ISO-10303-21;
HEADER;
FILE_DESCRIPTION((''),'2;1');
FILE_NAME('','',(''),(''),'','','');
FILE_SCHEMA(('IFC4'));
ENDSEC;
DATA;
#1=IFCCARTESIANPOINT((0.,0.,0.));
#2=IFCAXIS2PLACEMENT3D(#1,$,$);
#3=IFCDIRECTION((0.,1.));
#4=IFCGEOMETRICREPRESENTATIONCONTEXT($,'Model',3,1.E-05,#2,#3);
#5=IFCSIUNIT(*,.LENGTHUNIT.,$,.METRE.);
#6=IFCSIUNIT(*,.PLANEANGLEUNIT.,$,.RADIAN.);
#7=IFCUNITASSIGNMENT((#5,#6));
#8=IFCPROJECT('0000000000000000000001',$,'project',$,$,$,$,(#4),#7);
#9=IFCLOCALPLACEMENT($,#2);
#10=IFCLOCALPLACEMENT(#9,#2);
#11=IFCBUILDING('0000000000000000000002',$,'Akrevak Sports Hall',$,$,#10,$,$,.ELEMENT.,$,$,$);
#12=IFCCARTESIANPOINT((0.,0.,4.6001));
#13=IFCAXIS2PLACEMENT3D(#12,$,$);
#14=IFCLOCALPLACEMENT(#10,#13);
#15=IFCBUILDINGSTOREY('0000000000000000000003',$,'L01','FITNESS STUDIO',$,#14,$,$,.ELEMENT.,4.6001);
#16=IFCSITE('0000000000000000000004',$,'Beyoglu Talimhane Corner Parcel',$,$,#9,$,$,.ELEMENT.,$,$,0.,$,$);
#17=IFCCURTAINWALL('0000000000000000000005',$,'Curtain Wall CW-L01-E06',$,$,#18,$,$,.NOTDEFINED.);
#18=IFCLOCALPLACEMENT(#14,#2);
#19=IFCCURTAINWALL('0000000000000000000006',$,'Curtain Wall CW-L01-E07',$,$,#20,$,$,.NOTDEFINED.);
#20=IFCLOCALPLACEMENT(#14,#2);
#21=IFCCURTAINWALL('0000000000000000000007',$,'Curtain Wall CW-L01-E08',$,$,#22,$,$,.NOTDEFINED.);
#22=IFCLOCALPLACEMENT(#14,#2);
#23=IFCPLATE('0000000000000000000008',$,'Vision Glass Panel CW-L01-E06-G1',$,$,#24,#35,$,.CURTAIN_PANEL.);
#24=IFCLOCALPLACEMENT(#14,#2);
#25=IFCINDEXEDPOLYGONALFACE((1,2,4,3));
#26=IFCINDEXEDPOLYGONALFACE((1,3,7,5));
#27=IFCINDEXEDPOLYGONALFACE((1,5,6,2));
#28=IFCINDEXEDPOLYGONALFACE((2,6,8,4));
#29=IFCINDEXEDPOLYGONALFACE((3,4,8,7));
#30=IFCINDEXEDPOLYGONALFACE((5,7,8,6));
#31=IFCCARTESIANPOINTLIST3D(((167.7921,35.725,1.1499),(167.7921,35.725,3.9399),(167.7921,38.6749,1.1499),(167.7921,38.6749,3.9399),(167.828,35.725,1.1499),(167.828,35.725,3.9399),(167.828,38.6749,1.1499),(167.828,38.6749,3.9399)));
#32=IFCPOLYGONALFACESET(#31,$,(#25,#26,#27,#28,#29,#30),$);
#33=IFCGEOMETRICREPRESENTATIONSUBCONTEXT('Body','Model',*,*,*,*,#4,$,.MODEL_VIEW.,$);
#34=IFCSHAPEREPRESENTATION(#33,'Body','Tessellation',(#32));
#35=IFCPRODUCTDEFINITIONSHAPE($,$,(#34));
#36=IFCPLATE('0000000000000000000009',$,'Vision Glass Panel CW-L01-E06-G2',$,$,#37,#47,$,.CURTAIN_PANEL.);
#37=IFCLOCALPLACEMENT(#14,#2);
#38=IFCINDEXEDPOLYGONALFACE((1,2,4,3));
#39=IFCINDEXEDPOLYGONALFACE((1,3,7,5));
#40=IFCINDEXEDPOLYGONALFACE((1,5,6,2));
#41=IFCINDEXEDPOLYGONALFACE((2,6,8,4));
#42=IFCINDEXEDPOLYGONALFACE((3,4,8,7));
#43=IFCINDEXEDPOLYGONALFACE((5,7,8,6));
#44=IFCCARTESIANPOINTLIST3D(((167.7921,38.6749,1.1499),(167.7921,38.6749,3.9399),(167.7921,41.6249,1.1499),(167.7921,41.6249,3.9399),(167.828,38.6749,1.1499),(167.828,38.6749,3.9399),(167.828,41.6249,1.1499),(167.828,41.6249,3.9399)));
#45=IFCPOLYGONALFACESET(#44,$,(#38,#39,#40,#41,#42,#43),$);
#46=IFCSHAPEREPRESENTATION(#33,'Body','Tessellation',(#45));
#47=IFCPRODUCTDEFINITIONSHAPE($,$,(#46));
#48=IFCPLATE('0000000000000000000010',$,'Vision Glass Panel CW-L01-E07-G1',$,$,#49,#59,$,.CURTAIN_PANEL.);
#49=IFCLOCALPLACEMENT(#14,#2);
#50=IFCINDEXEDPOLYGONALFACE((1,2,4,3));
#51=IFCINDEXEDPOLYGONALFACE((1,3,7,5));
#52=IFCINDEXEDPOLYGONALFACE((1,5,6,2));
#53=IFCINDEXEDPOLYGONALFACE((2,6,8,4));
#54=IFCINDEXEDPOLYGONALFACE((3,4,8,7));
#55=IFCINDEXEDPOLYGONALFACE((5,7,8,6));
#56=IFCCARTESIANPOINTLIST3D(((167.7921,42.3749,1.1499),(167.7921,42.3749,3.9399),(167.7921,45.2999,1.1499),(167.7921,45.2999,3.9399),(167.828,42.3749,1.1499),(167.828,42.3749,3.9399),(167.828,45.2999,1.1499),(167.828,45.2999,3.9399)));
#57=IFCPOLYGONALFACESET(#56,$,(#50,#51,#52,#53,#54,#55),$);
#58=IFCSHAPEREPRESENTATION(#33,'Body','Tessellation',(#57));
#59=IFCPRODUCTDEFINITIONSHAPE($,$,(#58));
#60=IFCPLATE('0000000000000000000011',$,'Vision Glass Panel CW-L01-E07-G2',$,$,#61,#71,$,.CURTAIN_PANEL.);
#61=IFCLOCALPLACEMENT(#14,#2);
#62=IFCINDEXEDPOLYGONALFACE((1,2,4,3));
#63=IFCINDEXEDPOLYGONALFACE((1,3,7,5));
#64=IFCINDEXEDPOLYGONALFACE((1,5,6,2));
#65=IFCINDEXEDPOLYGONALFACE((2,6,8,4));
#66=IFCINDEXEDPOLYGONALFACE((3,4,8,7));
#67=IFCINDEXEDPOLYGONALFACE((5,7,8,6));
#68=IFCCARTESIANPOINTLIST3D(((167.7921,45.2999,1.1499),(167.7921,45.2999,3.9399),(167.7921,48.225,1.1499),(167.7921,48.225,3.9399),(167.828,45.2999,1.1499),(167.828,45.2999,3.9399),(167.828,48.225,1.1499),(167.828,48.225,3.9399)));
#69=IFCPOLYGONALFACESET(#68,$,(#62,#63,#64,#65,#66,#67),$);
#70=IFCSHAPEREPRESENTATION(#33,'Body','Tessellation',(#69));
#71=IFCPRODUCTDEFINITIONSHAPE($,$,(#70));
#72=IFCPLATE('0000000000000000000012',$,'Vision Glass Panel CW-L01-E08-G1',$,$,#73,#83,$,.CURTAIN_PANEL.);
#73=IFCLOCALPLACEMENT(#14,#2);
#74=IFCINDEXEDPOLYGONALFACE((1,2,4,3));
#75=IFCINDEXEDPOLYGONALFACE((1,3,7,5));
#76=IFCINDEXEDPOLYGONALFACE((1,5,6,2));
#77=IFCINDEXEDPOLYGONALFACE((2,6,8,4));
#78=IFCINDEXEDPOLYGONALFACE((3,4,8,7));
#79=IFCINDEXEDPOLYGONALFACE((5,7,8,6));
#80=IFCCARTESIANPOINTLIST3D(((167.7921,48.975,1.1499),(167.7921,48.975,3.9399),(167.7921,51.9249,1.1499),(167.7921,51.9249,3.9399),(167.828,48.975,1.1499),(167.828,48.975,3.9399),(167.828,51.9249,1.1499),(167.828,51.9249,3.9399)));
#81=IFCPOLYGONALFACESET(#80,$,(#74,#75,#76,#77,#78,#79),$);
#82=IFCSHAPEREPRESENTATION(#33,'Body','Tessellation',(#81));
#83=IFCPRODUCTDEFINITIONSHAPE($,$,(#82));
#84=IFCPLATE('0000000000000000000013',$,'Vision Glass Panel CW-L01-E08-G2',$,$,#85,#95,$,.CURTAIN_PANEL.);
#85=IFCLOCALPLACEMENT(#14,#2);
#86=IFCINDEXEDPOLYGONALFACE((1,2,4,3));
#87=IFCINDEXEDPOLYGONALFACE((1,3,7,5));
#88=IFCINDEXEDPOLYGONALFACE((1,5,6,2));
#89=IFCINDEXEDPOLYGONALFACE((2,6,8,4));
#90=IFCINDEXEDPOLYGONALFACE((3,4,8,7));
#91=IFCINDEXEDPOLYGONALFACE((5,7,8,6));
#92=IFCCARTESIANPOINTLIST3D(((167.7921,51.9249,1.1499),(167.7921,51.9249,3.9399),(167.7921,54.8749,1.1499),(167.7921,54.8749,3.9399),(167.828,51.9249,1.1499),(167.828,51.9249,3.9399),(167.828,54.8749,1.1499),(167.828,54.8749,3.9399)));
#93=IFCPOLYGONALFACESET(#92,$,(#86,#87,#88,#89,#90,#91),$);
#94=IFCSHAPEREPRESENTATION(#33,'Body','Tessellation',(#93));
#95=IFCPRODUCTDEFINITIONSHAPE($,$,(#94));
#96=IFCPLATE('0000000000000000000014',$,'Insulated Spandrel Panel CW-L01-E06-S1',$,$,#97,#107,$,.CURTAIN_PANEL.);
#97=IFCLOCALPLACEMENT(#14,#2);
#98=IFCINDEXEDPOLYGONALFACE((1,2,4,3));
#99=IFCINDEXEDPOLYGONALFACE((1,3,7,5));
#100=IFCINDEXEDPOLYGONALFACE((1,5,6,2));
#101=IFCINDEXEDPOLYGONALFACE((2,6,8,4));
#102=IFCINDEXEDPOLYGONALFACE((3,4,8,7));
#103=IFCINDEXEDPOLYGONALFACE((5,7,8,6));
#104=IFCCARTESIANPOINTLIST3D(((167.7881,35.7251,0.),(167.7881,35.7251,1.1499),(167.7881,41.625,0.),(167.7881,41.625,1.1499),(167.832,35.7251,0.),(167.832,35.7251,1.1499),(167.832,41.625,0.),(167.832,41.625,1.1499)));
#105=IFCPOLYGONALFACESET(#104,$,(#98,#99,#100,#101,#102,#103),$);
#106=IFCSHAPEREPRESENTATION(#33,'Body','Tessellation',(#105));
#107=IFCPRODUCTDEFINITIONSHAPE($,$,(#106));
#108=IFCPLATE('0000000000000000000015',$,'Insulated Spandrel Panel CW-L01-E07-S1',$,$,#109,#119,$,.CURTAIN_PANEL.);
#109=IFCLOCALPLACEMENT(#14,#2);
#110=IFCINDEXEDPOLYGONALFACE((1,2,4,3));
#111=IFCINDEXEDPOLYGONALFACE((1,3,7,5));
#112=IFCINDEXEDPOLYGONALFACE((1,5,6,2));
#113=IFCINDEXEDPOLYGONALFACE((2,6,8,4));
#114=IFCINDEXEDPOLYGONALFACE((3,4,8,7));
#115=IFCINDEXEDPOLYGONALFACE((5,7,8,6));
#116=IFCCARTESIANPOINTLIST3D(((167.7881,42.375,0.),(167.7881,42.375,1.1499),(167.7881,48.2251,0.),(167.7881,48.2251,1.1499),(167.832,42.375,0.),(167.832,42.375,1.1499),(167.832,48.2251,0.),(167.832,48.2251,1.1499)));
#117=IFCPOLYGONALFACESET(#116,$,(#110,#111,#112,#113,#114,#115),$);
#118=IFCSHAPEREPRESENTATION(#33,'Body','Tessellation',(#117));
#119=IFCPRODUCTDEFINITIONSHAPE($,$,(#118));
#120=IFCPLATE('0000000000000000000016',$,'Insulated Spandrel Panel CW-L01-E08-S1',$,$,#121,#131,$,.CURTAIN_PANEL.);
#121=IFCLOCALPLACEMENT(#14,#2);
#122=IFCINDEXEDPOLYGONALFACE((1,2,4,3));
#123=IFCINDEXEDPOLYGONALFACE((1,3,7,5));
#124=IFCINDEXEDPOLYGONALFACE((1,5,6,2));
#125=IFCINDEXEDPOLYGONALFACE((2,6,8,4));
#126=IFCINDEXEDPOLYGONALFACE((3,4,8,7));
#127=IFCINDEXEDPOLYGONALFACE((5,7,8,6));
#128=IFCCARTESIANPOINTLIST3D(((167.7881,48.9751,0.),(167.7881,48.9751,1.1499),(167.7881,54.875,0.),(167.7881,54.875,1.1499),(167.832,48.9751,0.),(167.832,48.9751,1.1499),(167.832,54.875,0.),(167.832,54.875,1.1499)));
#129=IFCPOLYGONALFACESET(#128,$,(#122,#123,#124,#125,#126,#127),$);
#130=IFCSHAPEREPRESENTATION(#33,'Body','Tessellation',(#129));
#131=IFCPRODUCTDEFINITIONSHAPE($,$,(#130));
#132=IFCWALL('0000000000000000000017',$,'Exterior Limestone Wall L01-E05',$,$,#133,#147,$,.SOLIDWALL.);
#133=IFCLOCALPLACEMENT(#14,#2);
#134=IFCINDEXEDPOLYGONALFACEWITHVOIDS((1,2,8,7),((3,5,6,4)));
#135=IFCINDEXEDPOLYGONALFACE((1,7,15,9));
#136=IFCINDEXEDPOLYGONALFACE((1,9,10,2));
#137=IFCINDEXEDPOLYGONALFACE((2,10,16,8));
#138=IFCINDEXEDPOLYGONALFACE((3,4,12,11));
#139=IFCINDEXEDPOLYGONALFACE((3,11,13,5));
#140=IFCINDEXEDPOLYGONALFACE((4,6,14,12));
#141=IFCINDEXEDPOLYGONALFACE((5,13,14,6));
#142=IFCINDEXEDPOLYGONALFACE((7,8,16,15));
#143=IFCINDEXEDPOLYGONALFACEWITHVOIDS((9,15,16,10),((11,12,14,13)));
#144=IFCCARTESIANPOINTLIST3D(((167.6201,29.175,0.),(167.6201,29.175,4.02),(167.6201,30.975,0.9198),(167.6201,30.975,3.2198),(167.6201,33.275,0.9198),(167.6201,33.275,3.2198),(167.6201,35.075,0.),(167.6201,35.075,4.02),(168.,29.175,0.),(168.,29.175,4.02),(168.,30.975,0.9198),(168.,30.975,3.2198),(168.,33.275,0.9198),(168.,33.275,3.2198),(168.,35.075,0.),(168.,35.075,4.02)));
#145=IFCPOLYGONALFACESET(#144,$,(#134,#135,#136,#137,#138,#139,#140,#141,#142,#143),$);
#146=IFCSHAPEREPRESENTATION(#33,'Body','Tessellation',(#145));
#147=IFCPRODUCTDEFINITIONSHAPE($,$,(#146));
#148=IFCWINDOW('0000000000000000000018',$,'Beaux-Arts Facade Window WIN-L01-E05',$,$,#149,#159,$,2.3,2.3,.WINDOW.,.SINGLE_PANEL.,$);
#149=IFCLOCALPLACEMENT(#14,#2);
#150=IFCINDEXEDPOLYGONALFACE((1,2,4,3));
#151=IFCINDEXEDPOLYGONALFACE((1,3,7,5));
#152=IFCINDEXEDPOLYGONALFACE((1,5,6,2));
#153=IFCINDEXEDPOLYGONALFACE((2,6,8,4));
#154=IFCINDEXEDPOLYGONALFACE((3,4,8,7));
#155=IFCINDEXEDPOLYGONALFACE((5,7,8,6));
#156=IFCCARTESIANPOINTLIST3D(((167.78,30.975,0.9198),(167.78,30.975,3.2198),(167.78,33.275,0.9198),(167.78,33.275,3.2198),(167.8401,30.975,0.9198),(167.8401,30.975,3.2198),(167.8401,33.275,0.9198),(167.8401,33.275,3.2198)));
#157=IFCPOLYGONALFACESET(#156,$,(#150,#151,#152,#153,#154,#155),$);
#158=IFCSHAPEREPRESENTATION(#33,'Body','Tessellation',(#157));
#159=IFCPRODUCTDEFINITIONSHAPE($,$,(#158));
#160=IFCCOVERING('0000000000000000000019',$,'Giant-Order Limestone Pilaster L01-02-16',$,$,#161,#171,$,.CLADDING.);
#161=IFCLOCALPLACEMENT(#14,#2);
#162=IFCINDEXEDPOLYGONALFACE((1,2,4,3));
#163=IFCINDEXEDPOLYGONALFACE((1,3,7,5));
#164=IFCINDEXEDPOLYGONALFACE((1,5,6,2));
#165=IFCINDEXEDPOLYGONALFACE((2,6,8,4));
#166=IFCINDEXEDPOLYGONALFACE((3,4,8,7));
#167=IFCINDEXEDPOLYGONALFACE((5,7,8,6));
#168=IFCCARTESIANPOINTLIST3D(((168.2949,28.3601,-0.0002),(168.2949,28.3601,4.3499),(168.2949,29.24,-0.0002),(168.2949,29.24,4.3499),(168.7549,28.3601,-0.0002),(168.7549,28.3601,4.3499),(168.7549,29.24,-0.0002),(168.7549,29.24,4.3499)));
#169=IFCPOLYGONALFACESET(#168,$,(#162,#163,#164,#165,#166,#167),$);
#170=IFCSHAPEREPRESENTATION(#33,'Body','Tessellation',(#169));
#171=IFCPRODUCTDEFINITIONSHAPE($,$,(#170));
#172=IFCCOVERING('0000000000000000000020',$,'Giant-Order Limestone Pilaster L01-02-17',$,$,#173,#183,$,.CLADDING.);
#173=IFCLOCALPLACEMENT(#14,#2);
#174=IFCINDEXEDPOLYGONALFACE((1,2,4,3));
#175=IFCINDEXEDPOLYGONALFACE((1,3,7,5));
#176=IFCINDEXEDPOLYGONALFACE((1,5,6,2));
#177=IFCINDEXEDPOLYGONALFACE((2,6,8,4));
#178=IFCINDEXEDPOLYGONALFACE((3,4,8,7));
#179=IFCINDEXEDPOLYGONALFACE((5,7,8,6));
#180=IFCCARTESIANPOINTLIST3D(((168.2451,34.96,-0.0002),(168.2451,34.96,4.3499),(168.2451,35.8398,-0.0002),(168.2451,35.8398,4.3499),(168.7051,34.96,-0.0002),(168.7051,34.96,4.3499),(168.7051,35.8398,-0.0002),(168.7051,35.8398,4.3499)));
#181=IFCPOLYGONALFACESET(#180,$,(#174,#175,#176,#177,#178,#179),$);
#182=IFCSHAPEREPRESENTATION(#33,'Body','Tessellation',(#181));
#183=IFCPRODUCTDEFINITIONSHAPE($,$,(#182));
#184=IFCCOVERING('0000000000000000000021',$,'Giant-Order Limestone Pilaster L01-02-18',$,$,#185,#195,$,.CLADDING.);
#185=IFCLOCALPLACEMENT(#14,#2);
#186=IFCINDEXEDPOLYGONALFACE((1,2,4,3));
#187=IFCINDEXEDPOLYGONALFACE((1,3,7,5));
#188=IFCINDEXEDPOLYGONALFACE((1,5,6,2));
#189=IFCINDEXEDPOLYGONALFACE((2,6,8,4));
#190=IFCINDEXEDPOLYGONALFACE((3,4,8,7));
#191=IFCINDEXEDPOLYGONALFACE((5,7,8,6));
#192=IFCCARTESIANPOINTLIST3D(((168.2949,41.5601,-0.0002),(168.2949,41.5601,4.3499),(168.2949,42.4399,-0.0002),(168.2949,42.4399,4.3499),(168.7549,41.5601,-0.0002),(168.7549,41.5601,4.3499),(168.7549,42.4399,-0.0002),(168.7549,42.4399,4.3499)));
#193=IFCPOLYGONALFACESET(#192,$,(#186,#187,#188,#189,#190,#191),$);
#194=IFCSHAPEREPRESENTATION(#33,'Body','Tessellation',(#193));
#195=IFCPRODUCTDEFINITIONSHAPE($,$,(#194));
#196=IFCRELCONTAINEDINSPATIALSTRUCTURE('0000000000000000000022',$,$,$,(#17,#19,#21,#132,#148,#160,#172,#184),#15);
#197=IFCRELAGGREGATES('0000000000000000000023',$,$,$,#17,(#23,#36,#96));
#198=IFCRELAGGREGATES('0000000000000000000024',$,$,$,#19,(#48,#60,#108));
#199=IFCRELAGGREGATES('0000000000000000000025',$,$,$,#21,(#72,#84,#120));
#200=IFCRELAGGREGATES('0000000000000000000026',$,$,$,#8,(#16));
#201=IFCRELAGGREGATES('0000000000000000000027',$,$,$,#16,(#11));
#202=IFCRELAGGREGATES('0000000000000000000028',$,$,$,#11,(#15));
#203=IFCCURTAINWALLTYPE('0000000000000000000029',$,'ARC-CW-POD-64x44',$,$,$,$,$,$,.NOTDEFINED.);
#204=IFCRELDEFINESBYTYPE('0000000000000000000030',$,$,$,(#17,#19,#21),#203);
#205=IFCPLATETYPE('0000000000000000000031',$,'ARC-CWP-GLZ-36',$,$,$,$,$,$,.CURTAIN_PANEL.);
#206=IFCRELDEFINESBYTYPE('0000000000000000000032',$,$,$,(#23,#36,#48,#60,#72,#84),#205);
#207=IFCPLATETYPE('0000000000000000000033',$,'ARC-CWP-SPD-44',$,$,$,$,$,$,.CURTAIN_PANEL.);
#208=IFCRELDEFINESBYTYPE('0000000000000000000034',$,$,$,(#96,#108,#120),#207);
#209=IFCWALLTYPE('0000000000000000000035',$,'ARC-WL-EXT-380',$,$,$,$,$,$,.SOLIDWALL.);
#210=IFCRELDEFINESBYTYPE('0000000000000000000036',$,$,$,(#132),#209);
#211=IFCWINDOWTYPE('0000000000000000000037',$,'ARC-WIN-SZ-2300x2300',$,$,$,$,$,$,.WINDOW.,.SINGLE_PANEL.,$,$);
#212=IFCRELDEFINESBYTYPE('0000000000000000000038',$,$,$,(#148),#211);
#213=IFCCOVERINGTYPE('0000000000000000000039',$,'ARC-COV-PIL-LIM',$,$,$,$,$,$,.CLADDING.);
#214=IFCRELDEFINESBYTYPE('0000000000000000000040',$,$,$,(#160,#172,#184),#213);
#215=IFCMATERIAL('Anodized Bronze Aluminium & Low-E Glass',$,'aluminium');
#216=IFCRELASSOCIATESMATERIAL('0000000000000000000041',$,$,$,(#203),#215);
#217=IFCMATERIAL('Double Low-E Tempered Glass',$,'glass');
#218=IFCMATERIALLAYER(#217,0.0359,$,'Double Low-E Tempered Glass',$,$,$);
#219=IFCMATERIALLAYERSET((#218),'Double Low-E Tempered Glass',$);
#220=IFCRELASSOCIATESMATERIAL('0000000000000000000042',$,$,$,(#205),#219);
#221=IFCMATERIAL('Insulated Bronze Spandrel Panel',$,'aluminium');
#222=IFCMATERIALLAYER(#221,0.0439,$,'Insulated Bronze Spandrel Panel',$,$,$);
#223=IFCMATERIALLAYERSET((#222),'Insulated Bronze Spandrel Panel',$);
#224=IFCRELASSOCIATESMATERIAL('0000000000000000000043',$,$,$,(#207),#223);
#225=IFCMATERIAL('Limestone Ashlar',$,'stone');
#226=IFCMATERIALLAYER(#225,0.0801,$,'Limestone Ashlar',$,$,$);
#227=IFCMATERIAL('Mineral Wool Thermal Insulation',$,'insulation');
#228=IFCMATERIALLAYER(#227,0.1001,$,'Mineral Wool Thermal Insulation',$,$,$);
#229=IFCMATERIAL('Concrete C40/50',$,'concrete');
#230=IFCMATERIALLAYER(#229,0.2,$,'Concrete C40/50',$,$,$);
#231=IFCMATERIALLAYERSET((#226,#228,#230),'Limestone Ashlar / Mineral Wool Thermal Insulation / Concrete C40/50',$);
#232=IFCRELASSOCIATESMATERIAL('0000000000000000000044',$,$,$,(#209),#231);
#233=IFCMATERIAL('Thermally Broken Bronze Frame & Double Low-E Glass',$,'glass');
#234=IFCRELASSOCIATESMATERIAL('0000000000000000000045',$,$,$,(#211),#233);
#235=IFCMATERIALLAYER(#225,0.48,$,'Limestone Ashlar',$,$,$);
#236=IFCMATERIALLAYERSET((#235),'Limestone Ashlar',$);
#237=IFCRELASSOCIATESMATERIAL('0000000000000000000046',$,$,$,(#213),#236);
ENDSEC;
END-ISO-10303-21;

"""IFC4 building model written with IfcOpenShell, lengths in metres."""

from ifc_helpers import new_model, si_unit, direction, frame, frame_2d, origin, origin_2d, place, context, subcontext, project, spatial, rectangle, extrude, material, layer, layer_set, type_object, element, fill, aggregate, save


model = new_model("IFC4")

# Units and contexts
model_context = context("Model", 3, precision=1e-05, world=origin(), true_north=direction((0.0, 1.0)))
body_context = subcontext(model_context, "Body", "Model", "MODEL_VIEW")
ifc_project = project(units=[si_unit("LENGTHUNIT", "METRE"), si_unit("PLANEANGLEUNIT", "RADIAN")], contexts=[model_context])

# Site, building, storey
site_placement = place(None, origin())
site = spatial("IfcSite", under=ifc_project, at=site_placement, Name="Beyoglu Talimhane Corner Parcel", CompositionType="ELEMENT", RefElevation=0.0)
building_placement = place(site_placement, origin())
building = spatial("IfcBuilding", under=site, at=building_placement, Name="Akrevak Sports Hall", CompositionType="ELEMENT")
storey_placement = place(building_placement, frame((0.0, 0.0, 4.6001)))
storey = spatial("IfcBuildingStorey", under=building, at=storey_placement, Name="L01", Description="FITNESS STUDIO", CompositionType="ELEMENT", Elevation=4.6001)

# Shared definitions
ifc_material_1 = material(Name="Concrete C40/50", Category="concrete")

# Curtain walls
ifc_material_2 = material(Name="Anodized Bronze Aluminium & Low-E Glass", Category="aluminium")
curtain_wall_type = type_object("IfcCurtainWallType", Name="ARC-CW-POD-64x44", PredefinedType="NOTDEFINED", material=ifc_material_2)
curtain_wall_1_placement = place(storey_placement, origin())
curtain_wall_1 = element("IfcCurtainWall", 1, at=curtain_wall_1_placement, inside=storey, type_object=curtain_wall_type, Name="Curtain Wall CW-L01-E06", PredefinedType="NOTDEFINED")
curtain_wall_2_placement = place(storey_placement, origin())
curtain_wall_2 = element("IfcCurtainWall", 2, at=curtain_wall_2_placement, inside=storey, type_object=curtain_wall_type, Name="Curtain Wall CW-L01-E07", PredefinedType="NOTDEFINED")
curtain_wall_3_placement = place(storey_placement, origin())
curtain_wall_3 = element("IfcCurtainWall", 3, at=curtain_wall_3_placement, inside=storey, type_object=curtain_wall_type, Name="Curtain Wall CW-L01-E08", PredefinedType="NOTDEFINED")

# Plates
ifc_material_3 = material(Name="Double Low-E Tempered Glass", Category="glass")
ifc_layer_1 = layer(ifc_material_3, 0.0359, Name="Double Low-E Tempered Glass")
ifc_layer_set_1 = layer_set([ifc_layer_1], Name="Double Low-E Tempered Glass")
plate_type_1 = type_object("IfcPlateType", Name="ARC-CWP-GLZ-36", PredefinedType="CURTAIN_PANEL", material=ifc_layer_set_1)
plate_1_placement = place(storey_placement, frame((167.8101, 37.2, 1.1499), z_axis=(0.0, 0.0, 1.0), x_axis=(0.0, 1.0, 0.0)))
plate_1 = element("IfcPlate", 4, at=plate_1_placement, type_object=plate_type_1, Name="Vision Glass Panel CW-L01-E06-G1", PredefinedType="CURTAIN_PANEL", context=body_context, shape_type="SweptSolid", body=[
    extrude(rectangle(XDim=2.95, YDim=0.0359, at=origin_2d()), origin(), (0.0, 0.0, 1.0), 2.79),
])
plate_2_placement = place(storey_placement, frame((167.8101, 40.1499, 1.1499), z_axis=(0.0, 0.0, 1.0), x_axis=(0.0, 1.0, 0.0)))
plate_2 = element("IfcPlate", 5, at=plate_2_placement, type_object=plate_type_1, Name="Vision Glass Panel CW-L01-E06-G2", PredefinedType="CURTAIN_PANEL", context=body_context, shape_type="SweptSolid", body=[
    extrude(rectangle(XDim=2.95, YDim=0.0359, at=origin_2d()), origin(), (0.0, 0.0, 1.0), 2.79),
])
plate_3_placement = place(storey_placement, frame((167.8101, 43.8374, 1.1499), z_axis=(0.0, 0.0, 1.0), x_axis=(0.0, 1.0, 0.0)))
plate_3 = element("IfcPlate", 6, at=plate_3_placement, type_object=plate_type_1, Name="Vision Glass Panel CW-L01-E07-G1", PredefinedType="CURTAIN_PANEL", context=body_context, shape_type="SweptSolid", body=[
    extrude(rectangle(XDim=2.925, YDim=0.0359, at=origin_2d()), origin(), (0.0, 0.0, 1.0), 2.79),
])
plate_4_placement = place(storey_placement, frame((167.8101, 46.7625, 1.1499), z_axis=(0.0, 0.0, 1.0), x_axis=(0.0, 1.0, 0.0)))
plate_4 = element("IfcPlate", 7, at=plate_4_placement, type_object=plate_type_1, Name="Vision Glass Panel CW-L01-E07-G2", PredefinedType="CURTAIN_PANEL", context=body_context, shape_type="SweptSolid", body=[
    extrude(rectangle(XDim=2.925, YDim=0.0359, at=origin_2d()), origin(), (0.0, 0.0, 1.0), 2.79),
])
plate_5_placement = place(storey_placement, frame((167.8101, 50.45, 1.1499), z_axis=(0.0, 0.0, 1.0), x_axis=(0.0, 1.0, 0.0)))
plate_5 = element("IfcPlate", 8, at=plate_5_placement, type_object=plate_type_1, Name="Vision Glass Panel CW-L01-E08-G1", PredefinedType="CURTAIN_PANEL", context=body_context, shape_type="SweptSolid", body=[
    extrude(rectangle(XDim=2.95, YDim=0.0359, at=origin_2d()), origin(), (0.0, 0.0, 1.0), 2.79),
])
plate_6_placement = place(storey_placement, frame((167.8101, 53.3999, 1.1499), z_axis=(0.0, 0.0, 1.0), x_axis=(0.0, 1.0, 0.0)))
plate_6 = element("IfcPlate", 9, at=plate_6_placement, type_object=plate_type_1, Name="Vision Glass Panel CW-L01-E08-G2", PredefinedType="CURTAIN_PANEL", context=body_context, shape_type="SweptSolid", body=[
    extrude(rectangle(XDim=2.95, YDim=0.0359, at=origin_2d()), origin(), (0.0, 0.0, 1.0), 2.79),
])
ifc_material_4 = material(Name="Insulated Bronze Spandrel Panel", Category="aluminium")
ifc_layer_2 = layer(ifc_material_4, 0.0439, Name="Insulated Bronze Spandrel Panel")
ifc_layer_set_2 = layer_set([ifc_layer_2], Name="Insulated Bronze Spandrel Panel")
plate_type_2 = type_object("IfcPlateType", Name="ARC-CWP-SPD-44", PredefinedType="CURTAIN_PANEL", material=ifc_layer_set_2)
plate_7_placement = place(storey_placement, frame((167.8101, 38.675, 0.0), z_axis=(0.0, 0.0, 1.0), x_axis=(0.0, 1.0, 0.0)))
plate_7 = element("IfcPlate", 10, at=plate_7_placement, type_object=plate_type_2, Name="Insulated Spandrel Panel CW-L01-E06-S1", PredefinedType="CURTAIN_PANEL", context=body_context, shape_type="SweptSolid", body=[
    extrude(rectangle(XDim=5.8999, YDim=0.0439, at=origin_2d()), origin(), (0.0, 0.0, 1.0), 1.1499),
])
aggregate(curtain_wall_1, [plate_1, plate_2, plate_7])
plate_8_placement = place(storey_placement, frame((167.8101, 45.3, 0.0), z_axis=(0.0, 0.0, 1.0), x_axis=(0.0, 1.0, 0.0)))
plate_8 = element("IfcPlate", 11, at=plate_8_placement, type_object=plate_type_2, Name="Insulated Spandrel Panel CW-L01-E07-S1", PredefinedType="CURTAIN_PANEL", context=body_context, shape_type="SweptSolid", body=[
    extrude(rectangle(XDim=5.8501, YDim=0.0439, at=origin_2d()), origin(), (0.0, 0.0, 1.0), 1.1499),
])
aggregate(curtain_wall_2, [plate_3, plate_4, plate_8])
plate_9_placement = place(storey_placement, frame((167.8101, 51.925, 0.0), z_axis=(0.0, 0.0, 1.0), x_axis=(0.0, 1.0, 0.0)))
plate_9 = element("IfcPlate", 12, at=plate_9_placement, type_object=plate_type_2, Name="Insulated Spandrel Panel CW-L01-E08-S1", PredefinedType="CURTAIN_PANEL", context=body_context, shape_type="SweptSolid", body=[
    extrude(rectangle(XDim=5.8999, YDim=0.0439, at=origin_2d()), origin(), (0.0, 0.0, 1.0), 1.1499),
])
aggregate(curtain_wall_3, [plate_5, plate_6, plate_9])

# Wall, opening, window
ifc_material_5 = material(Name="Limestone Ashlar", Category="stone")
ifc_layer_3 = layer(ifc_material_5, 0.0801, Name="Limestone Ashlar")
ifc_material_6 = material(Name="Mineral Wool Thermal Insulation", Category="insulation")
ifc_layer_4 = layer(ifc_material_6, 0.1001, Name="Mineral Wool Thermal Insulation")
ifc_layer_5 = layer(ifc_material_1, 0.2, Name="Concrete C40/50")
ifc_layer_set_3 = layer_set([ifc_layer_3, ifc_layer_4, ifc_layer_5], Name="Limestone Ashlar / Mineral Wool Thermal Insulation / Concrete C40/50")
wall_type = type_object("IfcWallType", Name="ARC-WL-EXT-380", PredefinedType="SOLIDWALL", material=ifc_layer_set_3)
wall_placement = place(storey_placement, frame((167.8101, 29.175, 0.0), z_axis=(0.0, 0.0, 1.0), x_axis=(0.0, 1.0, 0.0)))
wall = element("IfcWall", 13, at=wall_placement, inside=storey, type_object=wall_type, Name="Exterior Limestone Wall L01-E05", PredefinedType="SOLIDWALL", context=body_context, shape_type="SweptSolid", body=[
    extrude(rectangle(XDim=5.8999, YDim=0.3799, at=frame_2d((2.95, 0.0))), origin(), (0.0, 0.0, 1.0), 4.02),
])
opening_placement = place(wall_placement, frame((1.8, 0.0, 0.9199)))
opening = element("IfcOpeningElement", 14, at=opening_placement, cuts=wall, PredefinedType="OPENING", context=body_context, shape_type="SweptSolid", body=[
    extrude(rectangle(XDim=2.3, YDim=2.3, at=frame_2d((1.1499, 1.1499))), frame((0.0, 0.2019, 0.0), z_axis=(0.0, -1.0, 0.0), x_axis=(1.0, 0.0, 0.0)), (0.0, 0.0, 1.0), 0.4038),
])
ifc_material_7 = material(Name="Thermally Broken Bronze Frame & Double Low-E Glass", Category="glass")
window_type = type_object("IfcWindowType", Name="ARC-WIN-SZ-2300x2300", PartitioningType="SINGLE_PANEL", PredefinedType="WINDOW", material=ifc_material_7)
window_placement = place(opening_placement, origin())
window = element("IfcWindow", 15, at=window_placement, inside=storey, type_object=window_type, Name="Beaux-Arts Facade Window WIN-L01-E05", OverallHeight=2.3, OverallWidth=2.3, PartitioningType="SINGLE_PANEL", PredefinedType="WINDOW", context=body_context, shape_type="SweptSolid", body=[
    extrude(rectangle(XDim=2.3, YDim=2.3, at=frame_2d((1.1499, 1.1499))), frame((0.0, 0.03, 0.0), z_axis=(0.0, -1.0, 0.0), x_axis=(1.0, 0.0, 0.0)), (0.0, 0.0, 1.0), 0.0601),
])
fill(opening, window)

# Coverings
ifc_layer_6 = layer(ifc_material_5, 0.48, Name="Limestone Ashlar")
ifc_layer_set_4 = layer_set([ifc_layer_6], Name="Limestone Ashlar")
covering_type = type_object("IfcCoveringType", Name="ARC-COV-PIL-LIM", PredefinedType="CLADDING", material=ifc_layer_set_4)
for number, where, z_axis, x_axis, name in (
    (16, (168.5249, 28.8, -0.0002), (0.0, 0.0, 1.0), (0.0, 1.0, 0.0), "Giant-Order Limestone Pilaster L01-02-16"),
    (17, (168.4751, 35.3999, -0.0002), (0.0, 0.0, 1.0), (0.0, 1.0, 0.0), "Giant-Order Limestone Pilaster L01-02-17"),
    (18, (168.5249, 42.0, -0.0002), (0.0, 0.0, 1.0), (0.0, 1.0, 0.0), "Giant-Order Limestone Pilaster L01-02-18"),
):
    element("IfcCovering", number, at=place(storey_placement, frame(where, z_axis=z_axis, x_axis=x_axis)), inside=storey, type_object=covering_type, Name=name, PredefinedType="CLADDING", context=body_context, shape_type="SweptSolid", body=[
        extrude(rectangle(XDim=0.8799, YDim=0.46, at=origin_2d()), origin(), (0.0, 0.0, 1.0), 4.3501),
    ])

save(model, "model.ifc")
